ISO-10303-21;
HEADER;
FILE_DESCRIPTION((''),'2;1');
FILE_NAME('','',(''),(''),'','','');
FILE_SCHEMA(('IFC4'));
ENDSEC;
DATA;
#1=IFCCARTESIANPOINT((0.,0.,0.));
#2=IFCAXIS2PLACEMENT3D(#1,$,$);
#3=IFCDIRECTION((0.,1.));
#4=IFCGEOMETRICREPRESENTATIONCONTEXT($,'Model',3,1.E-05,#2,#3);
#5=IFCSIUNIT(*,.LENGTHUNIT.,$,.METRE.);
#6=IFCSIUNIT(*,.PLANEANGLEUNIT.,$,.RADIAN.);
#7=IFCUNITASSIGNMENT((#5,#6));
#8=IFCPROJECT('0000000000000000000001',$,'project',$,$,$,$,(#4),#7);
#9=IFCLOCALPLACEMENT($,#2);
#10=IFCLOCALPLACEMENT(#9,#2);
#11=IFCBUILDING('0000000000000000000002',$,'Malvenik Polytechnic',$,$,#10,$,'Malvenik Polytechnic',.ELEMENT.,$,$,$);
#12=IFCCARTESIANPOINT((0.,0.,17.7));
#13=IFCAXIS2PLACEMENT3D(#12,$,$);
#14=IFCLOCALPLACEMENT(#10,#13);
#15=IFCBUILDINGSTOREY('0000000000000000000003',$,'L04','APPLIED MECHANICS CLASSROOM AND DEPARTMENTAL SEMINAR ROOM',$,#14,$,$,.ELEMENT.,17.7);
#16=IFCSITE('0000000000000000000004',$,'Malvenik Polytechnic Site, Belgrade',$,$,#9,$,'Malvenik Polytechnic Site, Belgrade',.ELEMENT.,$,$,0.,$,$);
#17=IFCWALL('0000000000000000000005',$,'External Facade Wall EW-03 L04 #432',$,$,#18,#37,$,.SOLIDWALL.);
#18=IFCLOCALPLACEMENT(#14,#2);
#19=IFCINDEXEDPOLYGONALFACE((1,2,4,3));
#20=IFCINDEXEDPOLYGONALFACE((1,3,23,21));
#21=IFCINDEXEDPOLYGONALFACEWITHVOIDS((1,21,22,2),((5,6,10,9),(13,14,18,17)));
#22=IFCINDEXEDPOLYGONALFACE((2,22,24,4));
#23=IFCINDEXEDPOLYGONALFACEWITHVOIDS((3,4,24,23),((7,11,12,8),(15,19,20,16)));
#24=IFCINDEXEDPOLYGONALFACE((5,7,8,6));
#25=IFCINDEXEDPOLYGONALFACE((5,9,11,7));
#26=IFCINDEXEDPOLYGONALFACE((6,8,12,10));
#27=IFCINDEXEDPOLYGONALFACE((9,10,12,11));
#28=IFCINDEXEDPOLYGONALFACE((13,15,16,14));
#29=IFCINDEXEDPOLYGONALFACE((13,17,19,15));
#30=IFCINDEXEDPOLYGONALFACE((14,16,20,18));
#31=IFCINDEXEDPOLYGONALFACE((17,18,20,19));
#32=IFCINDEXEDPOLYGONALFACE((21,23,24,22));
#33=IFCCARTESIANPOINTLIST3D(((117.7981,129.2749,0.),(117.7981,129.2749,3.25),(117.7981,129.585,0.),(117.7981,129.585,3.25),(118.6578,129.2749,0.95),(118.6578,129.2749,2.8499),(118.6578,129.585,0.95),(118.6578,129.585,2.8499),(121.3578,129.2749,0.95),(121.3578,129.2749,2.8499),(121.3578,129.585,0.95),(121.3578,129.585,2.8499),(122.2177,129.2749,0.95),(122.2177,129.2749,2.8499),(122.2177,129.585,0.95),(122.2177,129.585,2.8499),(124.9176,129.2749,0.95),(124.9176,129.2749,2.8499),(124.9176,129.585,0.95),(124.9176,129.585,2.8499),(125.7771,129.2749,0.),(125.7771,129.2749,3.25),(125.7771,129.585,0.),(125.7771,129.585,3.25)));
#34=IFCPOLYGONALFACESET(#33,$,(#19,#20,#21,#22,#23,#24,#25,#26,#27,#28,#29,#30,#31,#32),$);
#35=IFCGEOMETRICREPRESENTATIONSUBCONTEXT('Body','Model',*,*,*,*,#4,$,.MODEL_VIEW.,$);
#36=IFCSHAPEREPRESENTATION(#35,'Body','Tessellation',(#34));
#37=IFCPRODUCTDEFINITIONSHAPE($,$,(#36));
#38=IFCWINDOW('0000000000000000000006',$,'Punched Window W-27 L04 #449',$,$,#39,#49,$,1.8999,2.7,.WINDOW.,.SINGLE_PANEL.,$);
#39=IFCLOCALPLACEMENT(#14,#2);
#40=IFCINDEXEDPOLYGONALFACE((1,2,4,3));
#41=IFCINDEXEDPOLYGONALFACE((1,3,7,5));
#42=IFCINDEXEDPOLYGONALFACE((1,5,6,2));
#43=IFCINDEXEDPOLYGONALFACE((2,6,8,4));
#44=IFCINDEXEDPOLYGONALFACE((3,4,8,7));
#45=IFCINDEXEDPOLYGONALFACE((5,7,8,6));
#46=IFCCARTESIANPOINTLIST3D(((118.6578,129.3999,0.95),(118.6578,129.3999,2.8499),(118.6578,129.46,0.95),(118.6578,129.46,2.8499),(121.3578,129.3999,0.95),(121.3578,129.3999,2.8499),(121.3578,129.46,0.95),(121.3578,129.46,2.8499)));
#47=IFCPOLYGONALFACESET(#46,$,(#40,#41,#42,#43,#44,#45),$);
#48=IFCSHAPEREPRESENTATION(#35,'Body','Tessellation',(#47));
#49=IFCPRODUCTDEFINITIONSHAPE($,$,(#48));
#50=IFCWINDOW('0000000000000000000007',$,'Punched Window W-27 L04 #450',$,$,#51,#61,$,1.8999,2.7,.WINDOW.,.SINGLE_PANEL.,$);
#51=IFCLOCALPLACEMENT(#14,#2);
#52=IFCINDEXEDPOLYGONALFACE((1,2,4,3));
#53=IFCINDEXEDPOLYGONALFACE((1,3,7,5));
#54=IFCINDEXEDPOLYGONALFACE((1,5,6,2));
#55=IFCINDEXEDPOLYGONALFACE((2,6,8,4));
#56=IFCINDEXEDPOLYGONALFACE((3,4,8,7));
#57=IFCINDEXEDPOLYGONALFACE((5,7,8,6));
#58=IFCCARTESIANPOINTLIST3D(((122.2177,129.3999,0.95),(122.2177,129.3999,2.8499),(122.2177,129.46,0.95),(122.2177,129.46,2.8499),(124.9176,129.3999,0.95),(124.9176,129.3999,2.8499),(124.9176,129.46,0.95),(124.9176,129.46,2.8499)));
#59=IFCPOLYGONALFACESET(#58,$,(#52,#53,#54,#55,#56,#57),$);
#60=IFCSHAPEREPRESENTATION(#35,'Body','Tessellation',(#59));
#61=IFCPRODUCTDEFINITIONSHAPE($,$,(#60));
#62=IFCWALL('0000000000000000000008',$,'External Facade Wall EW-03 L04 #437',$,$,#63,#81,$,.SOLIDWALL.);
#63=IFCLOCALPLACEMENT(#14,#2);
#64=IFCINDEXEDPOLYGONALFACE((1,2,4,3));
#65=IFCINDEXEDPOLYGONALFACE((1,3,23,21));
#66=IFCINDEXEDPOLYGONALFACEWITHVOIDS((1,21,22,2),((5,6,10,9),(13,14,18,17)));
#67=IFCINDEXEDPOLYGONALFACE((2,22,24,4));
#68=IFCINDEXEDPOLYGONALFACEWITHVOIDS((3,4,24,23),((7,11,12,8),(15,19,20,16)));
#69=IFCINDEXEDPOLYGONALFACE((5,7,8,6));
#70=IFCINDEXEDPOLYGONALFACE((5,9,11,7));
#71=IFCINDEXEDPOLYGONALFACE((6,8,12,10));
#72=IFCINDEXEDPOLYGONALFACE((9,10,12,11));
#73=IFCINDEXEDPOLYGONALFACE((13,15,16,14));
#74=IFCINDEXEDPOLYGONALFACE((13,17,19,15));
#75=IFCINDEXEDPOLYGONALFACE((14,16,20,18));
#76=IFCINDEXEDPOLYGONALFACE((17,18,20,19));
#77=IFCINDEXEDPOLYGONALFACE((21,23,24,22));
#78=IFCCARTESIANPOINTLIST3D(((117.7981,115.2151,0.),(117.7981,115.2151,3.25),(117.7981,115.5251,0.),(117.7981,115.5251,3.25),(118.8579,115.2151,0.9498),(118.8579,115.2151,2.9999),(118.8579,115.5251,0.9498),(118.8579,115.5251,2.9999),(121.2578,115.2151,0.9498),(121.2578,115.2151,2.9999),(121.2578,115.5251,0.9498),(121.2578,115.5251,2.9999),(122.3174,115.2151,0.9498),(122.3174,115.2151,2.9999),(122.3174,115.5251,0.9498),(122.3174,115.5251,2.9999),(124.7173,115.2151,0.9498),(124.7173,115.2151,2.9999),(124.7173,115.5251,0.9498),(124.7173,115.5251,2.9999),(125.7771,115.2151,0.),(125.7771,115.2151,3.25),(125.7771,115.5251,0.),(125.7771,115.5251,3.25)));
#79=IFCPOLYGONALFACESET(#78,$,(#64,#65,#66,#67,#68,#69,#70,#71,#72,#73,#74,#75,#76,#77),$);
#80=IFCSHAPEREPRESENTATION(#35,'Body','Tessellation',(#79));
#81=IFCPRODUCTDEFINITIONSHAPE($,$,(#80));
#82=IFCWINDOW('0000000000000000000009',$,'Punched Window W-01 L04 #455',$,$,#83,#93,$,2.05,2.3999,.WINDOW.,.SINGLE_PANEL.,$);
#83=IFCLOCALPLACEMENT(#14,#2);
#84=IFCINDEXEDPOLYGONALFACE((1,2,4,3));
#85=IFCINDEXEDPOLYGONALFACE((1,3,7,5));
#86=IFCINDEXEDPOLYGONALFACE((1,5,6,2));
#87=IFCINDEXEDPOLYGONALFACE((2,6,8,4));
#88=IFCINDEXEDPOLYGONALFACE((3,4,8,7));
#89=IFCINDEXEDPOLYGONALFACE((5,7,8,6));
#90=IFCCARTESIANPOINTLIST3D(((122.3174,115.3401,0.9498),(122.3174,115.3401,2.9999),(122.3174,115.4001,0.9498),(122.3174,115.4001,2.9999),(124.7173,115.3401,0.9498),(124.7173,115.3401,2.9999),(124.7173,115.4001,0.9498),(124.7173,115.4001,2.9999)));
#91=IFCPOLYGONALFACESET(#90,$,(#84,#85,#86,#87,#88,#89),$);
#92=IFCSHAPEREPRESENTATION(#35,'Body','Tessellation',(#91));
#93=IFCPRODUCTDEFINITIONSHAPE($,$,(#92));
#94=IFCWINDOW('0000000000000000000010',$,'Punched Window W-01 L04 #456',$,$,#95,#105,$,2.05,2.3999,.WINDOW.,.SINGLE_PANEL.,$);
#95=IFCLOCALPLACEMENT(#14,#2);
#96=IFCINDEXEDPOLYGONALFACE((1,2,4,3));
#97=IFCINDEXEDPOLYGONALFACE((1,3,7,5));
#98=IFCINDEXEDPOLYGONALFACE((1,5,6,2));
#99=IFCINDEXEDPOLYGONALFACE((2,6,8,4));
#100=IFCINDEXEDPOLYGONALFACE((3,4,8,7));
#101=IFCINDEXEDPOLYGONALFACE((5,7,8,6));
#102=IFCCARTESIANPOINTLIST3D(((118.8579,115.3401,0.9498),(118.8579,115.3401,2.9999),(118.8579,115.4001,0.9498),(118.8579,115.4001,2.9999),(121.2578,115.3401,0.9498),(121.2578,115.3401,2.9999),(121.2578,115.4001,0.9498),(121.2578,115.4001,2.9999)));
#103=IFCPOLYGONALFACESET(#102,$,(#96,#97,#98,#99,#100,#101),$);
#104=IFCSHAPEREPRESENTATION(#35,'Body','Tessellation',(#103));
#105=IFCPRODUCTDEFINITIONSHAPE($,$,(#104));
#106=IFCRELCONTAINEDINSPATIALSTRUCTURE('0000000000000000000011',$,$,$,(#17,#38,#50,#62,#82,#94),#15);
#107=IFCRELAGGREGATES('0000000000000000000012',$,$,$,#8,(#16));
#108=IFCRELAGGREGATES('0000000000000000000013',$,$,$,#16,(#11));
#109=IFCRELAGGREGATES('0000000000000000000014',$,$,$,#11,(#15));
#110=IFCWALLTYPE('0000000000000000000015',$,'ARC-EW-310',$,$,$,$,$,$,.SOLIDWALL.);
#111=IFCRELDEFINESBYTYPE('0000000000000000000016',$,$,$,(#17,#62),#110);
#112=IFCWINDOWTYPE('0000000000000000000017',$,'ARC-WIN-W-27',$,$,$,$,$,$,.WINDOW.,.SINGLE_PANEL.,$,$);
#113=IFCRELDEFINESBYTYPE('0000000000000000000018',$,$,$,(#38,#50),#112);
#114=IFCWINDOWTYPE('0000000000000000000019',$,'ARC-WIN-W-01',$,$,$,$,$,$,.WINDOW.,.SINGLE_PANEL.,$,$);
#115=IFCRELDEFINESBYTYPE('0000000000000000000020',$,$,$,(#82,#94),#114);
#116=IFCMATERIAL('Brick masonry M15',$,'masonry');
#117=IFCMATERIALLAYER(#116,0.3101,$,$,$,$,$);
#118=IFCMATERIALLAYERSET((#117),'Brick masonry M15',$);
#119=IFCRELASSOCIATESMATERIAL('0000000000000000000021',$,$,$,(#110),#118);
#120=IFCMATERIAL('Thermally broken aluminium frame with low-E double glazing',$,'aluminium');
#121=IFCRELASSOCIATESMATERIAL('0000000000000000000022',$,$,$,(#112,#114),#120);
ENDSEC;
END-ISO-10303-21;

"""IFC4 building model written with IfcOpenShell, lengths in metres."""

from ifc_helpers import new_model, si_unit, direction, frame, frame_2d, origin, place, context, subcontext, project, spatial, rectangle, extrude, material, layer, layer_set, type_object, element, fill, save


model = new_model("IFC4")

# Units and contexts
model_context = context("Model", 3, precision=1e-05, world=origin(), true_north=direction((0.0, 1.0)))
body_context = subcontext(model_context, "Body", "Model", "MODEL_VIEW")
ifc_project = project(units=[si_unit("LENGTHUNIT", "METRE"), si_unit("PLANEANGLEUNIT", "RADIAN")], contexts=[model_context])

# Site, building, storey
site_placement = place(None, origin())
site = spatial("IfcSite", under=ifc_project, at=site_placement, Name="Malvenik Polytechnic Site, Belgrade", LongName="Malvenik Polytechnic Site, Belgrade", CompositionType="ELEMENT", RefElevation=0.0)
building_placement = place(site_placement, origin())
building = spatial("IfcBuilding", under=site, at=building_placement, Name="Malvenik Polytechnic", LongName="Malvenik Polytechnic", CompositionType="ELEMENT")
storey_placement = place(building_placement, frame((0.0, 0.0, 17.7)))
storey = spatial("IfcBuildingStorey", under=building, at=storey_placement, Name="L04", Description="APPLIED MECHANICS CLASSROOM AND DEPARTMENTAL SEMINAR ROOM", CompositionType="ELEMENT", Elevation=17.7)

# Walls, openings, windows
ifc_material_1 = material(Name="Brick masonry M15", Category="masonry")
ifc_layer = layer(ifc_material_1, 0.3101)
ifc_layer_set = layer_set([ifc_layer], Name="Brick masonry M15")
wall_type = type_object("IfcWallType", Name="ARC-EW-310", PredefinedType="SOLIDWALL", material=ifc_layer_set)
wall_1_placement = place(storey_placement, frame((117.7981, 129.4299, 0.0), z_axis=(0.0, 0.0, 1.0), x_axis=(1.0, 0.0, 0.0)))
wall_1 = element("IfcWall", 1, at=wall_1_placement, inside=storey, type_object=wall_type, Name="External Facade Wall EW-03 L04 #432", PredefinedType="SOLIDWALL", context=body_context, shape_type="SweptSolid", body=[
    extrude(rectangle(XDim=7.979, YDim=0.3101, at=frame_2d((3.9895, 0.0))), origin(), (0.0, 0.0, 1.0), 3.25),
])
opening_1_placement = place(wall_1_placement, frame((0.8596, 0.0, 0.95)))
opening_1 = element("IfcOpeningElement", 2, at=opening_1_placement, cuts=wall_1, PredefinedType="OPENING", context=body_context, shape_type="SweptSolid", body=[
    extrude(rectangle(XDim=2.7, YDim=1.8999, at=frame_2d((1.3501, 0.95))), frame((0.0, 0.165, 0.0), z_axis=(0.0, -1.0, 0.0), x_axis=(1.0, 0.0, 0.0)), (0.0, 0.0, 1.0), 0.3301),
])
opening_2_placement = place(wall_1_placement, frame((4.4194, 0.0, 0.95)))
opening_2 = element("IfcOpeningElement", 3, at=opening_2_placement, cuts=wall_1, PredefinedType="OPENING", context=body_context, shape_type="SweptSolid", body=[
    extrude(rectangle(XDim=2.7, YDim=1.8999, at=frame_2d((1.3501, 0.95))), frame((0.0, 0.165, 0.0), z_axis=(0.0, -1.0, 0.0), x_axis=(1.0, 0.0, 0.0)), (0.0, 0.0, 1.0), 0.3301),
])
ifc_material_2 = material(Name="Thermally broken aluminium frame with low-E double glazing", Category="aluminium")
window_type_1 = type_object("IfcWindowType", Name="ARC-WIN-W-27", PartitioningType="SINGLE_PANEL", PredefinedType="WINDOW", material=ifc_material_2)
window_1_placement = place(opening_1_placement, origin())
window_1 = element("IfcWindow", 4, at=window_1_placement, inside=storey, type_object=window_type_1, Name="Punched Window W-27 L04 #449", OverallHeight=1.8999, OverallWidth=2.7, PartitioningType="SINGLE_PANEL", PredefinedType="WINDOW", context=body_context, shape_type="SweptSolid", body=[
    extrude(rectangle(XDim=2.7, YDim=1.8999, at=frame_2d((1.3501, 0.95))), frame((0.0, 0.03, 0.0), z_axis=(0.0, -1.0, 0.0), x_axis=(1.0, 0.0, 0.0)), (0.0, 0.0, 1.0), 0.0601),
])
fill(opening_1, window_1)
window_2_placement = place(opening_2_placement, origin())
window_2 = element("IfcWindow", 5, at=window_2_placement, inside=storey, type_object=window_type_1, Name="Punched Window W-27 L04 #450", OverallHeight=1.8999, OverallWidth=2.7, PartitioningType="SINGLE_PANEL", PredefinedType="WINDOW", context=body_context, shape_type="SweptSolid", body=[
    extrude(rectangle(XDim=2.7, YDim=1.8999, at=frame_2d((1.3501, 0.95))), frame((0.0, 0.03, 0.0), z_axis=(0.0, -1.0, 0.0), x_axis=(1.0, 0.0, 0.0)), (0.0, 0.0, 1.0), 0.0601),
])
fill(opening_2, window_2)
wall_2_placement = place(storey_placement, frame((125.7771, 115.3701, 0.0), z_axis=(0.0, 0.0, 1.0), x_axis=(-1.0, 0.0, 0.0)))
wall_2 = element("IfcWall", 6, at=wall_2_placement, inside=storey, type_object=wall_type, Name="External Facade Wall EW-03 L04 #437", PredefinedType="SOLIDWALL", context=body_context, shape_type="SweptSolid", body=[
    extrude(rectangle(XDim=7.979, YDim=0.3101, at=frame_2d((3.9895, 0.0))), origin(), (0.0, 0.0, 1.0), 3.25),
])
opening_3_placement = place(wall_2_placement, frame((1.0598, 0.0, 0.95)))
opening_3 = element("IfcOpeningElement", 7, at=opening_3_placement, cuts=wall_2, PredefinedType="OPENING", context=body_context, shape_type="SweptSolid", body=[
    extrude(rectangle(XDim=2.3999, YDim=2.05, at=frame_2d((1.2, 1.0249))), frame((0.0, 0.165, 0.0), z_axis=(0.0, -1.0, 0.0), x_axis=(1.0, 0.0, 0.0)), (0.0, 0.0, 1.0), 0.3301),
])
opening_4_placement = place(wall_2_placement, frame((4.5193, 0.0, 0.95)))
opening_4 = element("IfcOpeningElement", 8, at=opening_4_placement, cuts=wall_2, PredefinedType="OPENING", context=body_context, shape_type="SweptSolid", body=[
    extrude(rectangle(XDim=2.3999, YDim=2.05, at=frame_2d((1.2, 1.0249))), frame((0.0, 0.165, 0.0), z_axis=(0.0, -1.0, 0.0), x_axis=(1.0, 0.0, 0.0)), (0.0, 0.0, 1.0), 0.3301),
])
window_type_2 = type_object("IfcWindowType", Name="ARC-WIN-W-01", PartitioningType="SINGLE_PANEL", PredefinedType="WINDOW", material=ifc_material_2)
window_3_placement = place(opening_3_placement, origin())
window_3 = element("IfcWindow", 9, at=window_3_placement, inside=storey, type_object=window_type_2, Name="Punched Window W-01 L04 #455", OverallHeight=2.05, OverallWidth=2.3999, PartitioningType="SINGLE_PANEL", PredefinedType="WINDOW", context=body_context, shape_type="SweptSolid", body=[
    extrude(rectangle(XDim=2.3999, YDim=2.05, at=frame_2d((1.2, 1.0249))), frame((0.0, 0.03, 0.0), z_axis=(0.0, -1.0, 0.0), x_axis=(1.0, 0.0, 0.0)), (0.0, 0.0, 1.0), 0.0601),
])
fill(opening_3, window_3)
window_4_placement = place(opening_4_placement, origin())
window_4 = element("IfcWindow", 10, at=window_4_placement, inside=storey, type_object=window_type_2, Name="Punched Window W-01 L04 #456", OverallHeight=2.05, OverallWidth=2.3999, PartitioningType="SINGLE_PANEL", PredefinedType="WINDOW", context=body_context, shape_type="SweptSolid", body=[
    extrude(rectangle(XDim=2.3999, YDim=2.05, at=frame_2d((1.2, 1.0249))), frame((0.0, 0.03, 0.0), z_axis=(0.0, -1.0, 0.0), x_axis=(1.0, 0.0, 0.0)), (0.0, 0.0, 1.0), 0.0601),
])
fill(opening_4, window_4)

save(model, "model.ifc")
